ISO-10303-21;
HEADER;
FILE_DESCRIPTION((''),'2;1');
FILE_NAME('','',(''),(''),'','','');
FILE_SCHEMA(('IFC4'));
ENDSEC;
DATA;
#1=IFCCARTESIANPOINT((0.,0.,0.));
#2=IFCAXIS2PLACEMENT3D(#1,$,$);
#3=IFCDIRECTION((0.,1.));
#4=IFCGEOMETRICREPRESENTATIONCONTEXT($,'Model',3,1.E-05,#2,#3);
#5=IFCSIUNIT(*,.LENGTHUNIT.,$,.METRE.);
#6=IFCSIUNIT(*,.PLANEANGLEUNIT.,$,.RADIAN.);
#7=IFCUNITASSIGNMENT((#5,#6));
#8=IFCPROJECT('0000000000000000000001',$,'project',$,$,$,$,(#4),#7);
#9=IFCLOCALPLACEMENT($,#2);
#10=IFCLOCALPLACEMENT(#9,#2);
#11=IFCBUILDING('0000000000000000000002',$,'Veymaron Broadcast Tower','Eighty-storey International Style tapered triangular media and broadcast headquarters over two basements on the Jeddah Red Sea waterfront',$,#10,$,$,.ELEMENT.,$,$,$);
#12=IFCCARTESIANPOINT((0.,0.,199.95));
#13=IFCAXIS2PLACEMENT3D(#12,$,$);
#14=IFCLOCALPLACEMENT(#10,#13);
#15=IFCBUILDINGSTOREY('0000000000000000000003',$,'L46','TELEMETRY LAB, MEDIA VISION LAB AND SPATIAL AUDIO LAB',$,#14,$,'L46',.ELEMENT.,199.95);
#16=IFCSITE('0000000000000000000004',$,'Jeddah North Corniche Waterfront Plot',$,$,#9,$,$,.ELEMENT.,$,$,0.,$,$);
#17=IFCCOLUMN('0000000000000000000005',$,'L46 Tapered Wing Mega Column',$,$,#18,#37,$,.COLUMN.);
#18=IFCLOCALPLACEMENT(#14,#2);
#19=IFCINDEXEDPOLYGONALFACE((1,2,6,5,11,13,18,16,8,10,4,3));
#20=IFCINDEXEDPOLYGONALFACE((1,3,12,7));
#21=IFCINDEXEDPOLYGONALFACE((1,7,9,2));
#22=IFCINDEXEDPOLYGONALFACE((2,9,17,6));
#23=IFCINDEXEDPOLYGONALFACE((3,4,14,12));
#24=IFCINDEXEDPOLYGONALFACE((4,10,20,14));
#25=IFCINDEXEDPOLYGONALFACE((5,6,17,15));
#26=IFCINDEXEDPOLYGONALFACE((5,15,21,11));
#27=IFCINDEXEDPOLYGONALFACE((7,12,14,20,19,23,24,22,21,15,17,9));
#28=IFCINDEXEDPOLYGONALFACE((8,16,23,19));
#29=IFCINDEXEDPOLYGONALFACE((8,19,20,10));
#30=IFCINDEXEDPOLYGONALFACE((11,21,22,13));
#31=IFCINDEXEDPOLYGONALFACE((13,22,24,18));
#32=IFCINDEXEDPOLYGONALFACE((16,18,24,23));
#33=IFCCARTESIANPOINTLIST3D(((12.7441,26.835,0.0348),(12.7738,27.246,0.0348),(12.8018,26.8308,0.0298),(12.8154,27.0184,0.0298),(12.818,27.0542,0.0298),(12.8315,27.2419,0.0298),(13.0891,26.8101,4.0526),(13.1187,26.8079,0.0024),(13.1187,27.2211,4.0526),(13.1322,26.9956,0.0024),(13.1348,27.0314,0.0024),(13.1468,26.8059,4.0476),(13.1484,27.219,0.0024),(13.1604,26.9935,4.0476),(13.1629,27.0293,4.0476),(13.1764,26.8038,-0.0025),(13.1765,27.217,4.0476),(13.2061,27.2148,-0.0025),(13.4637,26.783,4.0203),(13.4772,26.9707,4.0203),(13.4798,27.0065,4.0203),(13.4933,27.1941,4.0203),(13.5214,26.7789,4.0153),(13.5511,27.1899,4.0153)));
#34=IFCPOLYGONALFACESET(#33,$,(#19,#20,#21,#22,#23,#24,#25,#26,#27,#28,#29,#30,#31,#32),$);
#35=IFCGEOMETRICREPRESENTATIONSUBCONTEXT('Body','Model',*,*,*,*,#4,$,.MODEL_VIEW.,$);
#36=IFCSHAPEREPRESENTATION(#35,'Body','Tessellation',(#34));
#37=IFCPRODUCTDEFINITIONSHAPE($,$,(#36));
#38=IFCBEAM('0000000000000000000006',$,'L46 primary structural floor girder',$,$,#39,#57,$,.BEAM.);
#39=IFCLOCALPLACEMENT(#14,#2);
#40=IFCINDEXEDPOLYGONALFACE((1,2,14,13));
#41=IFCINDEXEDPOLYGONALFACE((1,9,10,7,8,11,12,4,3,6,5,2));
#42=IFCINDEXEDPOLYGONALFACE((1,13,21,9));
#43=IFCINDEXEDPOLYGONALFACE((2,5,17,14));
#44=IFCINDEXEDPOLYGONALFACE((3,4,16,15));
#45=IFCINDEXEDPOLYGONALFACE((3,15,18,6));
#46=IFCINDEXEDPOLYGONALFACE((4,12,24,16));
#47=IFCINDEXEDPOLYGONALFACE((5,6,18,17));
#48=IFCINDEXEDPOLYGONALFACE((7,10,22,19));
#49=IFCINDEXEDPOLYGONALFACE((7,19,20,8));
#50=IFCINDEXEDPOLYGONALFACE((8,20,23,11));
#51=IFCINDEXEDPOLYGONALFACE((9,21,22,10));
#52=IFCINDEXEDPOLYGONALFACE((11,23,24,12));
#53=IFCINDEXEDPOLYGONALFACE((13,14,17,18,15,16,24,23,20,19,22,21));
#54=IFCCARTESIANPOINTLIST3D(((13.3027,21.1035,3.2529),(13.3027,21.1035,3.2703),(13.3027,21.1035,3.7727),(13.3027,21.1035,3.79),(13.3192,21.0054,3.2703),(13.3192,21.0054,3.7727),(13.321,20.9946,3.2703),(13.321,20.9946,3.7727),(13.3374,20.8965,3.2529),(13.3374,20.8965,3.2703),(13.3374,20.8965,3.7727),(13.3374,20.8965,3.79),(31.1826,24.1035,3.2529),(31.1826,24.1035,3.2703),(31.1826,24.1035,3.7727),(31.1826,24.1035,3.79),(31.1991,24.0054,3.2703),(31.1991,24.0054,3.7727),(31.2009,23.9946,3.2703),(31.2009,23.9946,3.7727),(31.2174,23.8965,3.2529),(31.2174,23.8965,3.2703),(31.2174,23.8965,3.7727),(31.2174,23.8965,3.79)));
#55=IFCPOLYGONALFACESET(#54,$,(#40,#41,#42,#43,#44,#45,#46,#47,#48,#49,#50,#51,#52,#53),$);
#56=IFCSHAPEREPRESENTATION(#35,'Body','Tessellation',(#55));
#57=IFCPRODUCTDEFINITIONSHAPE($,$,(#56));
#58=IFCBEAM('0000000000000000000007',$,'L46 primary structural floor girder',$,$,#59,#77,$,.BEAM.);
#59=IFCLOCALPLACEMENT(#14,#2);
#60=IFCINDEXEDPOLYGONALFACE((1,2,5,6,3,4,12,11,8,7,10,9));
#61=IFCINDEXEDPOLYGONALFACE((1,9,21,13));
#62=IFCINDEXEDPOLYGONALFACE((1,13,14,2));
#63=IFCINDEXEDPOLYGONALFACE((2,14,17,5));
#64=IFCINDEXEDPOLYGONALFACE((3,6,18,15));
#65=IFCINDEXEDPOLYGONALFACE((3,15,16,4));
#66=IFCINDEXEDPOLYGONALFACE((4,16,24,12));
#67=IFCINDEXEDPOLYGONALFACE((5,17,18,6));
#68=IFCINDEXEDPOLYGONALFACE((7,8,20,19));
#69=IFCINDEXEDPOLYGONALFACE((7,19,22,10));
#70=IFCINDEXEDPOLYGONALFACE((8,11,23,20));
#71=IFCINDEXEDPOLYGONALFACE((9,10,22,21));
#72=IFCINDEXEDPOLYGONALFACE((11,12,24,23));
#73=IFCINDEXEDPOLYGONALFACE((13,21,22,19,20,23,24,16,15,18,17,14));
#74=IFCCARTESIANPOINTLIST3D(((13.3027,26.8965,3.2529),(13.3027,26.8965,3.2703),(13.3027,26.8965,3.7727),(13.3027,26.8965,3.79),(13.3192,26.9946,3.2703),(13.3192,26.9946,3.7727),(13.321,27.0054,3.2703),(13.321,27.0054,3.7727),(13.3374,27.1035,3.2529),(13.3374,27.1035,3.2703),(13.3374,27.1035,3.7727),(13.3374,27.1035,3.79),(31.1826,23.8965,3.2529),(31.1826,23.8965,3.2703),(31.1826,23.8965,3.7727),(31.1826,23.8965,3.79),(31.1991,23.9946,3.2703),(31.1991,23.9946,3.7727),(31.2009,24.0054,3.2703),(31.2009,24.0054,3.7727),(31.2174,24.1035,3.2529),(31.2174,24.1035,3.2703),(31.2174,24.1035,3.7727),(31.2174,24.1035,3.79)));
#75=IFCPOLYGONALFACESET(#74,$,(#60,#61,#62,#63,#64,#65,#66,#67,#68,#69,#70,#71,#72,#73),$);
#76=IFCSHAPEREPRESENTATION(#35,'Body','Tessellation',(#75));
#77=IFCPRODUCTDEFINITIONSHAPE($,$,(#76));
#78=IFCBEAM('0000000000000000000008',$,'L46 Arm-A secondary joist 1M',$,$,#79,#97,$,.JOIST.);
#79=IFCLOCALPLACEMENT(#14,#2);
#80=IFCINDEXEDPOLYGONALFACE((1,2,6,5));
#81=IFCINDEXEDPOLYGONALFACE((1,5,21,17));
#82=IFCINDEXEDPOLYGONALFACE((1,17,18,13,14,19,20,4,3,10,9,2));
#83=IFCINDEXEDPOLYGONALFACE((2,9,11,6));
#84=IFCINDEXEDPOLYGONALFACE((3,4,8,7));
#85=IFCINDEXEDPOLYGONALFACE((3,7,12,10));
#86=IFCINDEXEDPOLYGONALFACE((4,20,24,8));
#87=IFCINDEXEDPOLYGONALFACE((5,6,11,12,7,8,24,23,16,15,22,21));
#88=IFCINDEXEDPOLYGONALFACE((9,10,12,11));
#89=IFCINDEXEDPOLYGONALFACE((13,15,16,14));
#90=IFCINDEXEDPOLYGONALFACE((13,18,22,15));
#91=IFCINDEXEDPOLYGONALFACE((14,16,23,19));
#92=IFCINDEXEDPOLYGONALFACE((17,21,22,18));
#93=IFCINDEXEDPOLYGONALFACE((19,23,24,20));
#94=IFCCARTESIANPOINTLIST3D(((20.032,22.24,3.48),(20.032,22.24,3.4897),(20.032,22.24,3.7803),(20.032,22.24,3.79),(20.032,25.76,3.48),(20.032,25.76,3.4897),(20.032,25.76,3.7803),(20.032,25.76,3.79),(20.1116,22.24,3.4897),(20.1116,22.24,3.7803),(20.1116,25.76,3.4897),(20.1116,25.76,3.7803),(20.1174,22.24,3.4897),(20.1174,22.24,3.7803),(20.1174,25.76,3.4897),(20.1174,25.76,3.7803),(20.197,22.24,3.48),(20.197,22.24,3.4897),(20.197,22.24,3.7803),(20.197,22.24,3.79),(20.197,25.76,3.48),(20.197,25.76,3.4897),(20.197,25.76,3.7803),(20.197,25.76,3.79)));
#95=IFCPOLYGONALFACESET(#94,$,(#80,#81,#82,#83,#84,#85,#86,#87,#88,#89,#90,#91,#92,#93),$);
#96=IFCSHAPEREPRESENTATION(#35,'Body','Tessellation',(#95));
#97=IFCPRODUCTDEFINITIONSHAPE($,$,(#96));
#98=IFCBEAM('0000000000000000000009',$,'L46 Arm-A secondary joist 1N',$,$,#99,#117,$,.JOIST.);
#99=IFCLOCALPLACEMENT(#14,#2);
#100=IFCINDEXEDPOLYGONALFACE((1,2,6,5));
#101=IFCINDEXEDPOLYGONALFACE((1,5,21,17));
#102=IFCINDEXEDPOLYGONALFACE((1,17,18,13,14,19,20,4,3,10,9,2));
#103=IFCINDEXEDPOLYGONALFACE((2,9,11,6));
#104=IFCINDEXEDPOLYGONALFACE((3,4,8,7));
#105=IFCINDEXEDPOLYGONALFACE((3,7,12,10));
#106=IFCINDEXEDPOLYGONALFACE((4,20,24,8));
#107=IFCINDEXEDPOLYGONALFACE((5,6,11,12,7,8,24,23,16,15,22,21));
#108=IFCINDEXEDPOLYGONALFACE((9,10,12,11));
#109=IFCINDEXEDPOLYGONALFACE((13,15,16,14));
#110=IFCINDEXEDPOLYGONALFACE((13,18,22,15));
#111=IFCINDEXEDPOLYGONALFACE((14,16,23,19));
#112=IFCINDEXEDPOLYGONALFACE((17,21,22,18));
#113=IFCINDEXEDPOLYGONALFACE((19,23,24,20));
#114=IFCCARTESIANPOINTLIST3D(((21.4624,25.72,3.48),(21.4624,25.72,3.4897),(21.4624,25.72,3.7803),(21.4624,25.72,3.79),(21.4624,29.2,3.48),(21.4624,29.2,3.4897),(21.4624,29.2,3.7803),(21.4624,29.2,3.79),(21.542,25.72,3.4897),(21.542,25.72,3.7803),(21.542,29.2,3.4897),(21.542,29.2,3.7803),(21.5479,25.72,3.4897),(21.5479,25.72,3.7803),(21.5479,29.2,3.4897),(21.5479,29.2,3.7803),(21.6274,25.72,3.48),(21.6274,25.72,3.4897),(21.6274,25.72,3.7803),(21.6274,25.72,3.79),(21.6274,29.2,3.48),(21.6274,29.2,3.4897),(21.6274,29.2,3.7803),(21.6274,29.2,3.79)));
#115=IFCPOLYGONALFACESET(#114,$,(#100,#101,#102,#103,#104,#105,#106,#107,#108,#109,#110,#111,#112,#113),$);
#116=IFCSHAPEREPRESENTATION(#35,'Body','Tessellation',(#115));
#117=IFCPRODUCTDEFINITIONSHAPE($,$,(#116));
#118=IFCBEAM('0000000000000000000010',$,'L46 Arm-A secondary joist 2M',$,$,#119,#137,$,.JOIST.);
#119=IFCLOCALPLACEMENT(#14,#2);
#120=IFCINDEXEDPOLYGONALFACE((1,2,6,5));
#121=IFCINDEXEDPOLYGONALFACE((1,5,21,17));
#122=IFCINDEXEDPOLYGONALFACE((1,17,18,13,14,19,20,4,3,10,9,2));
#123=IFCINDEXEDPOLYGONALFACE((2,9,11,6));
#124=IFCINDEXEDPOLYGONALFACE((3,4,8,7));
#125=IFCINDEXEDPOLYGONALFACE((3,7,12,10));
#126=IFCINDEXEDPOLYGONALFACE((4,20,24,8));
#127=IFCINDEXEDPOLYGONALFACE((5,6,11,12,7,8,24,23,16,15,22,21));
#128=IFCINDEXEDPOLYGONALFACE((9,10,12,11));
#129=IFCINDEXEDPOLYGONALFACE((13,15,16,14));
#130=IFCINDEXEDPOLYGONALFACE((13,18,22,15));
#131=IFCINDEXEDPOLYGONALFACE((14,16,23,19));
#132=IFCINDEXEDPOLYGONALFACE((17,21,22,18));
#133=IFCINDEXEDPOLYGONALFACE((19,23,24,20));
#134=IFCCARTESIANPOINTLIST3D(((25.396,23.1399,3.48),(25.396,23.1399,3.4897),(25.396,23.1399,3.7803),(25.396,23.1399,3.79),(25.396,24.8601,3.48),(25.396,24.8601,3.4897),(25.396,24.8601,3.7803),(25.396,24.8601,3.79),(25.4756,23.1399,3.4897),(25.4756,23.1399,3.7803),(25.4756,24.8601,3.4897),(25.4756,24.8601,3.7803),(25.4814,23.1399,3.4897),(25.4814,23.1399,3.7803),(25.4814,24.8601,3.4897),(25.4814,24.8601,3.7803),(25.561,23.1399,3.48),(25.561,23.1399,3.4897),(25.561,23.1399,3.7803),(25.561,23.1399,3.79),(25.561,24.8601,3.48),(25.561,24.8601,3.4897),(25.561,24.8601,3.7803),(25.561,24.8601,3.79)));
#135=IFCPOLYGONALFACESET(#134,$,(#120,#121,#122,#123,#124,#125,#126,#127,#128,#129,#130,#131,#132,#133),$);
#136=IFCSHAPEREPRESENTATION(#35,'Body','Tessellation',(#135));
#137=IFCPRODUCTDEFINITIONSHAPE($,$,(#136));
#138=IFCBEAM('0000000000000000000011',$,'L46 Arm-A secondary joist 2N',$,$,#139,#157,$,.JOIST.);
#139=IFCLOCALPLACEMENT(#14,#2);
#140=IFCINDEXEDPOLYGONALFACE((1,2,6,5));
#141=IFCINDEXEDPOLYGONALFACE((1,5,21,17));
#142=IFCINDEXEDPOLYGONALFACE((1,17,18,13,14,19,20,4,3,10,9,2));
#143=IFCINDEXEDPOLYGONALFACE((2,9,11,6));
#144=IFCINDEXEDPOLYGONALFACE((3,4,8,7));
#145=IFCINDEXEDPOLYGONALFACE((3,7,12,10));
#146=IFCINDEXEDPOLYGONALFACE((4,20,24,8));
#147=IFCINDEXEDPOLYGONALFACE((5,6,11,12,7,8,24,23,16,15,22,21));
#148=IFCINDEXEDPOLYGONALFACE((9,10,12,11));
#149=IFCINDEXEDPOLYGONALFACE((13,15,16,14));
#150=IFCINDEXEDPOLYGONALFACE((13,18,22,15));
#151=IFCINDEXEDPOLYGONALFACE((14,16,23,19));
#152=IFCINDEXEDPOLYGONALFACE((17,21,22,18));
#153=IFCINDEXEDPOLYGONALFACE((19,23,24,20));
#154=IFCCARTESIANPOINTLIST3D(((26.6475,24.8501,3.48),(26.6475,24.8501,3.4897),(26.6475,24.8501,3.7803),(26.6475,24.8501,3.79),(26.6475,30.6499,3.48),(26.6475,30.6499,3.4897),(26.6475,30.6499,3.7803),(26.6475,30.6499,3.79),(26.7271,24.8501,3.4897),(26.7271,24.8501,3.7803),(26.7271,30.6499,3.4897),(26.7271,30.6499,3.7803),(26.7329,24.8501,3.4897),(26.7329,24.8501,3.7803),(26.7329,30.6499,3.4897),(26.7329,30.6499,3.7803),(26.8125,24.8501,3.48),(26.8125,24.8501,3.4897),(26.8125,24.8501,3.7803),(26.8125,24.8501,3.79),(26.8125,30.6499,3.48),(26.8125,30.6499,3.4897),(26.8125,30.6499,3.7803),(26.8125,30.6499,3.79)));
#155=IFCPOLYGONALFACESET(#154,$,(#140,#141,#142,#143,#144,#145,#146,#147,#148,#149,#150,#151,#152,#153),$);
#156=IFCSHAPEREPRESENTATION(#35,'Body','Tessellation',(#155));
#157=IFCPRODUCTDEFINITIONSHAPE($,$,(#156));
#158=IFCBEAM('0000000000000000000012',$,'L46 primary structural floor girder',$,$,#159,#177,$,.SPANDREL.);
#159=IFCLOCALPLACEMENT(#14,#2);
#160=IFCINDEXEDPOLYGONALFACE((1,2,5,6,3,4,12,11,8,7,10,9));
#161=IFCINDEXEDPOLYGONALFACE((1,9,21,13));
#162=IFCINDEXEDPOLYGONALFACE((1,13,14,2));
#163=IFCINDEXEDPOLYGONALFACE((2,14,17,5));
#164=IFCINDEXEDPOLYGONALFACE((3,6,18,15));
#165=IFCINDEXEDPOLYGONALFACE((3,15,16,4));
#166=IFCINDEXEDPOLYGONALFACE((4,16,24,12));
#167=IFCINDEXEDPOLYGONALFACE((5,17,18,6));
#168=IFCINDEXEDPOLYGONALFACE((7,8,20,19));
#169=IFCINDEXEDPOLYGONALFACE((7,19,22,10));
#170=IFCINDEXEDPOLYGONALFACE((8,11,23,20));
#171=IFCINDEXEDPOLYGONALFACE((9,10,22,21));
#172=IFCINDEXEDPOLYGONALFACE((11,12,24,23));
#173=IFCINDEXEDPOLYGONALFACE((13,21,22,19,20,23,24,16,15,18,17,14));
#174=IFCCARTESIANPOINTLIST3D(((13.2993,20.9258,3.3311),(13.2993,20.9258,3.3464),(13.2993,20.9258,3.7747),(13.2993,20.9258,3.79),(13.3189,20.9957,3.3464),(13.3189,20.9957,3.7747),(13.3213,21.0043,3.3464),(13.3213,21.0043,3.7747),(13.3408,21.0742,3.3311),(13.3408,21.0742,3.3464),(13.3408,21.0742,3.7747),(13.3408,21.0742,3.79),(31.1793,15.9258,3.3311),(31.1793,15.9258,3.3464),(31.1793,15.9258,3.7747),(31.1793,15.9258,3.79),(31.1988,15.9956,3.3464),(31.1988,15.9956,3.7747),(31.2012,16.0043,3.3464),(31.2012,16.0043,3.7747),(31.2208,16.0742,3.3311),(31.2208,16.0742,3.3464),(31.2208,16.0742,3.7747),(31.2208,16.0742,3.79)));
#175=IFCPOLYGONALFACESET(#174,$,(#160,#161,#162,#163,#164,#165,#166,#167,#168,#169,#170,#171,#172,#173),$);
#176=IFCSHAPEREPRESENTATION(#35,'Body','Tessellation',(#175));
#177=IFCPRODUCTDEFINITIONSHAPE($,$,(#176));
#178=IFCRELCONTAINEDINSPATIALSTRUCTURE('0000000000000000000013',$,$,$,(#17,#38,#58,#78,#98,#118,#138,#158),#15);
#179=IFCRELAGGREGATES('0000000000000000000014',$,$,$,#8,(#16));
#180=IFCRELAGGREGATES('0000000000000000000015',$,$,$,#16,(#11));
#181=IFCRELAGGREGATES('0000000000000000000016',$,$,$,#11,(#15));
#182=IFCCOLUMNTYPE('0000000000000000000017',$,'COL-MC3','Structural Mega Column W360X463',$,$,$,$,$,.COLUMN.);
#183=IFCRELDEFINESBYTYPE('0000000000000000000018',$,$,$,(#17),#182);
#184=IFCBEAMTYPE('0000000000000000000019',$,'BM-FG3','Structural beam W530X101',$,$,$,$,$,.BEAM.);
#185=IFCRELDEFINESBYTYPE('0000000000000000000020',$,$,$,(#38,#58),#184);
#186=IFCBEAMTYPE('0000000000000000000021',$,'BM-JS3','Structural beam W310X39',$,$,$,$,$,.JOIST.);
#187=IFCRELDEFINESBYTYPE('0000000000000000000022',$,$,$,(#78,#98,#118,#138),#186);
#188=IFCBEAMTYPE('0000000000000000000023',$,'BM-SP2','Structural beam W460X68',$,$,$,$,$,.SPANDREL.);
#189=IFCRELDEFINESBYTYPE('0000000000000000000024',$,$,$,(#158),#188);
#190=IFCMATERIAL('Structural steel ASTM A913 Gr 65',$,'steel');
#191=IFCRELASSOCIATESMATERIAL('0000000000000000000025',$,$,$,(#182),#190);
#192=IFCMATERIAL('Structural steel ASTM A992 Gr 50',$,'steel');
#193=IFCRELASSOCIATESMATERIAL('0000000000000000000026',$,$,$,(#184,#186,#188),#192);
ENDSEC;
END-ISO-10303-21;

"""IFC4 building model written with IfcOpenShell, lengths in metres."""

from ifc_helpers import new_model, si_unit, direction, frame, origin, origin_2d, place, context, subcontext, project, spatial, i_section, extrude, material, material_profile, profile_set, type_object, element, save


model = new_model("IFC4")

# Units and contexts
model_context = context("Model", 3, precision=1e-05, world=origin(), true_north=direction((0.0, 1.0)))
body_context = subcontext(model_context, "Body", "Model", "MODEL_VIEW")
ifc_project = project(units=[si_unit("LENGTHUNIT", "METRE"), si_unit("PLANEANGLEUNIT", "RADIAN")], contexts=[model_context])

# Site, building, storey
site_placement = place(None, origin())
site = spatial("IfcSite", under=ifc_project, at=site_placement, Name="Jeddah North Corniche Waterfront Plot", CompositionType="ELEMENT", RefElevation=0.0)
building_placement = place(site_placement, origin())
building = spatial("IfcBuilding", under=site, at=building_placement, Name="Veymaron Broadcast Tower", Description="Eighty-storey International Style tapered triangular media and broadcast headquarters over two basements on the Jeddah Red Sea waterfront", CompositionType="ELEMENT")
storey_placement = place(building_placement, frame((0.0, 0.0, 199.95)))
storey = spatial("IfcBuildingStorey", under=building, at=storey_placement, Name="L46", Description="TELEMETRY LAB, MEDIA VISION LAB AND SPATIAL AUDIO LAB", LongName="L46", CompositionType="ELEMENT", Elevation=199.95)

# Column
ifc_material_1 = material(Name="Structural steel ASTM A913 Gr 65", Category="steel")
ifc_material_profile_1 = material_profile(ifc_material_1, i_section(OverallWidth=0.4121, OverallDepth=0.4351, WebThickness=0.0359, FlangeThickness=0.0581, at=origin_2d()), Name="W360X463")
ifc_profile_set_1 = profile_set([ifc_material_profile_1], Name="Structural steel ASTM A913 Gr 65")
column_type = type_object("IfcColumnType", Name="COL-MC3", Description="Structural Mega Column W360X463", PredefinedType="COLUMN", material=ifc_profile_set_1)
column_placement = place(storey_placement, frame((12.9751, 27.0249, 0.0161), z_axis=(0.085544, -0.006175, 0.996315), x_axis=(0.071999, 0.997405, 0.0)))
element("IfcColumn", 1, at=column_placement, inside=storey, type_object=column_type, Name="L46 Tapered Wing Mega Column", PredefinedType="COLUMN", context=body_context, shape_type="SweptSolid", body=[
    extrude(i_section(OverallWidth=0.4121, OverallDepth=0.4351, WebThickness=0.0359, FlangeThickness=0.0581, at=origin_2d()), origin(), (0.0, 0.0, 1.0), 4.0327),
])

# Beams
ifc_material_2 = material(Name="Structural steel ASTM A992 Gr 50", Category="steel")
ifc_material_profile_2 = material_profile(ifc_material_2, i_section(OverallWidth=0.21, OverallDepth=0.5371, WebThickness=0.011, FlangeThickness=0.0173, at=origin_2d()), Name="W530X101")
ifc_profile_set_2 = profile_set([ifc_material_profile_2], Name="Structural steel ASTM A992 Gr 50")
beam_type_1 = type_object("IfcBeamType", Name="BM-FG3", Description="Structural beam W530X101", PredefinedType="BEAM", material=ifc_profile_set_2)
for number, where, z_axis, x_axis, name in (
    (2, (13.3201, 21.0, 3.5215), (0.986214, 0.165473, 0.0), (-0.165473, 0.986214, 0.0), "L46 primary structural floor girder"),
    (3, (13.3201, 27.0, 3.5215), (0.986214, -0.165473, 0.0), (0.165473, 0.986214, 0.0), "L46 primary structural floor girder"),
):
    element("IfcBeam", number, at=place(storey_placement, frame(where, z_axis=z_axis, x_axis=x_axis)), inside=storey, type_object=beam_type_1, Name=name, PredefinedType="BEAM", context=body_context, shape_type="SweptSolid", body=[
        extrude(i_section(OverallWidth=0.21, OverallDepth=0.5371, WebThickness=0.011, FlangeThickness=0.0173, at=origin_2d()), origin(), (0.0, 0.0, 1.0), 18.1299),
    ])
ifc_material_profile_3 = material_profile(ifc_material_2, i_section(OverallWidth=0.165, OverallDepth=0.3101, WebThickness=0.0059, FlangeThickness=0.0098, at=origin_2d()), Name="W310X39")
ifc_profile_set_3 = profile_set([ifc_material_profile_3], Name="Structural steel ASTM A992 Gr 50")
beam_type_2 = type_object("IfcBeamType", Name="BM-JS3", Description="Structural beam W310X39", PredefinedType="JOIST", material=ifc_profile_set_3)
beam_1_placement = place(storey_placement, frame((20.1145, 22.24, 3.635), z_axis=(0.0, 1.0, 0.0), x_axis=(-1.0, 0.0, 0.0)))
element("IfcBeam", 4, at=beam_1_placement, inside=storey, type_object=beam_type_2, Name="L46 Arm-A secondary joist 1M", PredefinedType="JOIST", context=body_context, shape_type="SweptSolid", body=[
    extrude(i_section(OverallWidth=0.165, OverallDepth=0.3101, WebThickness=0.0059, FlangeThickness=0.0098, at=origin_2d()), origin(), (0.0, 0.0, 1.0), 3.52),
])
beam_2_placement = place(storey_placement, frame((21.5449, 25.72, 3.635), z_axis=(0.0, 1.0, 0.0), x_axis=(-1.0, 0.0, 0.0)))
element("IfcBeam", 5, at=beam_2_placement, inside=storey, type_object=beam_type_2, Name="L46 Arm-A secondary joist 1N", PredefinedType="JOIST", context=body_context, shape_type="SweptSolid", body=[
    extrude(i_section(OverallWidth=0.165, OverallDepth=0.3101, WebThickness=0.0059, FlangeThickness=0.0098, at=origin_2d()), origin(), (0.0, 0.0, 1.0), 3.48),
])
beam_3_placement = place(storey_placement, frame((25.4785, 23.1399, 3.635), z_axis=(0.0, 1.0, 0.0), x_axis=(-1.0, 0.0, 0.0)))
element("IfcBeam", 6, at=beam_3_placement, inside=storey, type_object=beam_type_2, Name="L46 Arm-A secondary joist 2M", PredefinedType="JOIST", context=body_context, shape_type="SweptSolid", body=[
    extrude(i_section(OverallWidth=0.165, OverallDepth=0.3101, WebThickness=0.0059, FlangeThickness=0.0098, at=origin_2d()), origin(), (0.0, 0.0, 1.0), 1.7202),
])
beam_4_placement = place(storey_placement, frame((26.73, 24.8501, 3.635), z_axis=(0.0, 1.0, 0.0), x_axis=(-1.0, 0.0, 0.0)))
element("IfcBeam", 7, at=beam_4_placement, inside=storey, type_object=beam_type_2, Name="L46 Arm-A secondary joist 2N", PredefinedType="JOIST", context=body_context, shape_type="SweptSolid", body=[
    extrude(i_section(OverallWidth=0.165, OverallDepth=0.3101, WebThickness=0.0059, FlangeThickness=0.0098, at=origin_2d()), origin(), (0.0, 0.0, 1.0), 5.7998),
])
ifc_material_profile_4 = material_profile(ifc_material_2, i_section(OverallWidth=0.1541, OverallDepth=0.459, WebThickness=0.009, FlangeThickness=0.0154, at=origin_2d()), Name="W460X68")
ifc_profile_set_4 = profile_set([ifc_material_profile_4], Name="Structural steel ASTM A992 Gr 50")
beam_type_3 = type_object("IfcBeamType", Name="BM-SP2", Description="Structural beam W460X68", PredefinedType="SPANDREL", material=ifc_profile_set_4)
for number, where, z_axis, x_axis, name in (
    (8, (13.3201, 21.0, 3.5605), (0.963053, -0.269312, 0.0), (0.269312, 0.963053, 0.0), "L46 primary structural floor girder"),
):
    element("IfcBeam", number, at=place(storey_placement, frame(where, z_axis=z_axis, x_axis=x_axis)), inside=storey, type_object=beam_type_3, Name=name, PredefinedType="SPANDREL", context=body_context, shape_type="SweptSolid", body=[
        extrude(i_section(OverallWidth=0.1541, OverallDepth=0.459, WebThickness=0.009, FlangeThickness=0.0154, at=origin_2d()), origin(), (0.0, 0.0, 1.0), 18.5659),
    ])

save(model, "model.ifc")
